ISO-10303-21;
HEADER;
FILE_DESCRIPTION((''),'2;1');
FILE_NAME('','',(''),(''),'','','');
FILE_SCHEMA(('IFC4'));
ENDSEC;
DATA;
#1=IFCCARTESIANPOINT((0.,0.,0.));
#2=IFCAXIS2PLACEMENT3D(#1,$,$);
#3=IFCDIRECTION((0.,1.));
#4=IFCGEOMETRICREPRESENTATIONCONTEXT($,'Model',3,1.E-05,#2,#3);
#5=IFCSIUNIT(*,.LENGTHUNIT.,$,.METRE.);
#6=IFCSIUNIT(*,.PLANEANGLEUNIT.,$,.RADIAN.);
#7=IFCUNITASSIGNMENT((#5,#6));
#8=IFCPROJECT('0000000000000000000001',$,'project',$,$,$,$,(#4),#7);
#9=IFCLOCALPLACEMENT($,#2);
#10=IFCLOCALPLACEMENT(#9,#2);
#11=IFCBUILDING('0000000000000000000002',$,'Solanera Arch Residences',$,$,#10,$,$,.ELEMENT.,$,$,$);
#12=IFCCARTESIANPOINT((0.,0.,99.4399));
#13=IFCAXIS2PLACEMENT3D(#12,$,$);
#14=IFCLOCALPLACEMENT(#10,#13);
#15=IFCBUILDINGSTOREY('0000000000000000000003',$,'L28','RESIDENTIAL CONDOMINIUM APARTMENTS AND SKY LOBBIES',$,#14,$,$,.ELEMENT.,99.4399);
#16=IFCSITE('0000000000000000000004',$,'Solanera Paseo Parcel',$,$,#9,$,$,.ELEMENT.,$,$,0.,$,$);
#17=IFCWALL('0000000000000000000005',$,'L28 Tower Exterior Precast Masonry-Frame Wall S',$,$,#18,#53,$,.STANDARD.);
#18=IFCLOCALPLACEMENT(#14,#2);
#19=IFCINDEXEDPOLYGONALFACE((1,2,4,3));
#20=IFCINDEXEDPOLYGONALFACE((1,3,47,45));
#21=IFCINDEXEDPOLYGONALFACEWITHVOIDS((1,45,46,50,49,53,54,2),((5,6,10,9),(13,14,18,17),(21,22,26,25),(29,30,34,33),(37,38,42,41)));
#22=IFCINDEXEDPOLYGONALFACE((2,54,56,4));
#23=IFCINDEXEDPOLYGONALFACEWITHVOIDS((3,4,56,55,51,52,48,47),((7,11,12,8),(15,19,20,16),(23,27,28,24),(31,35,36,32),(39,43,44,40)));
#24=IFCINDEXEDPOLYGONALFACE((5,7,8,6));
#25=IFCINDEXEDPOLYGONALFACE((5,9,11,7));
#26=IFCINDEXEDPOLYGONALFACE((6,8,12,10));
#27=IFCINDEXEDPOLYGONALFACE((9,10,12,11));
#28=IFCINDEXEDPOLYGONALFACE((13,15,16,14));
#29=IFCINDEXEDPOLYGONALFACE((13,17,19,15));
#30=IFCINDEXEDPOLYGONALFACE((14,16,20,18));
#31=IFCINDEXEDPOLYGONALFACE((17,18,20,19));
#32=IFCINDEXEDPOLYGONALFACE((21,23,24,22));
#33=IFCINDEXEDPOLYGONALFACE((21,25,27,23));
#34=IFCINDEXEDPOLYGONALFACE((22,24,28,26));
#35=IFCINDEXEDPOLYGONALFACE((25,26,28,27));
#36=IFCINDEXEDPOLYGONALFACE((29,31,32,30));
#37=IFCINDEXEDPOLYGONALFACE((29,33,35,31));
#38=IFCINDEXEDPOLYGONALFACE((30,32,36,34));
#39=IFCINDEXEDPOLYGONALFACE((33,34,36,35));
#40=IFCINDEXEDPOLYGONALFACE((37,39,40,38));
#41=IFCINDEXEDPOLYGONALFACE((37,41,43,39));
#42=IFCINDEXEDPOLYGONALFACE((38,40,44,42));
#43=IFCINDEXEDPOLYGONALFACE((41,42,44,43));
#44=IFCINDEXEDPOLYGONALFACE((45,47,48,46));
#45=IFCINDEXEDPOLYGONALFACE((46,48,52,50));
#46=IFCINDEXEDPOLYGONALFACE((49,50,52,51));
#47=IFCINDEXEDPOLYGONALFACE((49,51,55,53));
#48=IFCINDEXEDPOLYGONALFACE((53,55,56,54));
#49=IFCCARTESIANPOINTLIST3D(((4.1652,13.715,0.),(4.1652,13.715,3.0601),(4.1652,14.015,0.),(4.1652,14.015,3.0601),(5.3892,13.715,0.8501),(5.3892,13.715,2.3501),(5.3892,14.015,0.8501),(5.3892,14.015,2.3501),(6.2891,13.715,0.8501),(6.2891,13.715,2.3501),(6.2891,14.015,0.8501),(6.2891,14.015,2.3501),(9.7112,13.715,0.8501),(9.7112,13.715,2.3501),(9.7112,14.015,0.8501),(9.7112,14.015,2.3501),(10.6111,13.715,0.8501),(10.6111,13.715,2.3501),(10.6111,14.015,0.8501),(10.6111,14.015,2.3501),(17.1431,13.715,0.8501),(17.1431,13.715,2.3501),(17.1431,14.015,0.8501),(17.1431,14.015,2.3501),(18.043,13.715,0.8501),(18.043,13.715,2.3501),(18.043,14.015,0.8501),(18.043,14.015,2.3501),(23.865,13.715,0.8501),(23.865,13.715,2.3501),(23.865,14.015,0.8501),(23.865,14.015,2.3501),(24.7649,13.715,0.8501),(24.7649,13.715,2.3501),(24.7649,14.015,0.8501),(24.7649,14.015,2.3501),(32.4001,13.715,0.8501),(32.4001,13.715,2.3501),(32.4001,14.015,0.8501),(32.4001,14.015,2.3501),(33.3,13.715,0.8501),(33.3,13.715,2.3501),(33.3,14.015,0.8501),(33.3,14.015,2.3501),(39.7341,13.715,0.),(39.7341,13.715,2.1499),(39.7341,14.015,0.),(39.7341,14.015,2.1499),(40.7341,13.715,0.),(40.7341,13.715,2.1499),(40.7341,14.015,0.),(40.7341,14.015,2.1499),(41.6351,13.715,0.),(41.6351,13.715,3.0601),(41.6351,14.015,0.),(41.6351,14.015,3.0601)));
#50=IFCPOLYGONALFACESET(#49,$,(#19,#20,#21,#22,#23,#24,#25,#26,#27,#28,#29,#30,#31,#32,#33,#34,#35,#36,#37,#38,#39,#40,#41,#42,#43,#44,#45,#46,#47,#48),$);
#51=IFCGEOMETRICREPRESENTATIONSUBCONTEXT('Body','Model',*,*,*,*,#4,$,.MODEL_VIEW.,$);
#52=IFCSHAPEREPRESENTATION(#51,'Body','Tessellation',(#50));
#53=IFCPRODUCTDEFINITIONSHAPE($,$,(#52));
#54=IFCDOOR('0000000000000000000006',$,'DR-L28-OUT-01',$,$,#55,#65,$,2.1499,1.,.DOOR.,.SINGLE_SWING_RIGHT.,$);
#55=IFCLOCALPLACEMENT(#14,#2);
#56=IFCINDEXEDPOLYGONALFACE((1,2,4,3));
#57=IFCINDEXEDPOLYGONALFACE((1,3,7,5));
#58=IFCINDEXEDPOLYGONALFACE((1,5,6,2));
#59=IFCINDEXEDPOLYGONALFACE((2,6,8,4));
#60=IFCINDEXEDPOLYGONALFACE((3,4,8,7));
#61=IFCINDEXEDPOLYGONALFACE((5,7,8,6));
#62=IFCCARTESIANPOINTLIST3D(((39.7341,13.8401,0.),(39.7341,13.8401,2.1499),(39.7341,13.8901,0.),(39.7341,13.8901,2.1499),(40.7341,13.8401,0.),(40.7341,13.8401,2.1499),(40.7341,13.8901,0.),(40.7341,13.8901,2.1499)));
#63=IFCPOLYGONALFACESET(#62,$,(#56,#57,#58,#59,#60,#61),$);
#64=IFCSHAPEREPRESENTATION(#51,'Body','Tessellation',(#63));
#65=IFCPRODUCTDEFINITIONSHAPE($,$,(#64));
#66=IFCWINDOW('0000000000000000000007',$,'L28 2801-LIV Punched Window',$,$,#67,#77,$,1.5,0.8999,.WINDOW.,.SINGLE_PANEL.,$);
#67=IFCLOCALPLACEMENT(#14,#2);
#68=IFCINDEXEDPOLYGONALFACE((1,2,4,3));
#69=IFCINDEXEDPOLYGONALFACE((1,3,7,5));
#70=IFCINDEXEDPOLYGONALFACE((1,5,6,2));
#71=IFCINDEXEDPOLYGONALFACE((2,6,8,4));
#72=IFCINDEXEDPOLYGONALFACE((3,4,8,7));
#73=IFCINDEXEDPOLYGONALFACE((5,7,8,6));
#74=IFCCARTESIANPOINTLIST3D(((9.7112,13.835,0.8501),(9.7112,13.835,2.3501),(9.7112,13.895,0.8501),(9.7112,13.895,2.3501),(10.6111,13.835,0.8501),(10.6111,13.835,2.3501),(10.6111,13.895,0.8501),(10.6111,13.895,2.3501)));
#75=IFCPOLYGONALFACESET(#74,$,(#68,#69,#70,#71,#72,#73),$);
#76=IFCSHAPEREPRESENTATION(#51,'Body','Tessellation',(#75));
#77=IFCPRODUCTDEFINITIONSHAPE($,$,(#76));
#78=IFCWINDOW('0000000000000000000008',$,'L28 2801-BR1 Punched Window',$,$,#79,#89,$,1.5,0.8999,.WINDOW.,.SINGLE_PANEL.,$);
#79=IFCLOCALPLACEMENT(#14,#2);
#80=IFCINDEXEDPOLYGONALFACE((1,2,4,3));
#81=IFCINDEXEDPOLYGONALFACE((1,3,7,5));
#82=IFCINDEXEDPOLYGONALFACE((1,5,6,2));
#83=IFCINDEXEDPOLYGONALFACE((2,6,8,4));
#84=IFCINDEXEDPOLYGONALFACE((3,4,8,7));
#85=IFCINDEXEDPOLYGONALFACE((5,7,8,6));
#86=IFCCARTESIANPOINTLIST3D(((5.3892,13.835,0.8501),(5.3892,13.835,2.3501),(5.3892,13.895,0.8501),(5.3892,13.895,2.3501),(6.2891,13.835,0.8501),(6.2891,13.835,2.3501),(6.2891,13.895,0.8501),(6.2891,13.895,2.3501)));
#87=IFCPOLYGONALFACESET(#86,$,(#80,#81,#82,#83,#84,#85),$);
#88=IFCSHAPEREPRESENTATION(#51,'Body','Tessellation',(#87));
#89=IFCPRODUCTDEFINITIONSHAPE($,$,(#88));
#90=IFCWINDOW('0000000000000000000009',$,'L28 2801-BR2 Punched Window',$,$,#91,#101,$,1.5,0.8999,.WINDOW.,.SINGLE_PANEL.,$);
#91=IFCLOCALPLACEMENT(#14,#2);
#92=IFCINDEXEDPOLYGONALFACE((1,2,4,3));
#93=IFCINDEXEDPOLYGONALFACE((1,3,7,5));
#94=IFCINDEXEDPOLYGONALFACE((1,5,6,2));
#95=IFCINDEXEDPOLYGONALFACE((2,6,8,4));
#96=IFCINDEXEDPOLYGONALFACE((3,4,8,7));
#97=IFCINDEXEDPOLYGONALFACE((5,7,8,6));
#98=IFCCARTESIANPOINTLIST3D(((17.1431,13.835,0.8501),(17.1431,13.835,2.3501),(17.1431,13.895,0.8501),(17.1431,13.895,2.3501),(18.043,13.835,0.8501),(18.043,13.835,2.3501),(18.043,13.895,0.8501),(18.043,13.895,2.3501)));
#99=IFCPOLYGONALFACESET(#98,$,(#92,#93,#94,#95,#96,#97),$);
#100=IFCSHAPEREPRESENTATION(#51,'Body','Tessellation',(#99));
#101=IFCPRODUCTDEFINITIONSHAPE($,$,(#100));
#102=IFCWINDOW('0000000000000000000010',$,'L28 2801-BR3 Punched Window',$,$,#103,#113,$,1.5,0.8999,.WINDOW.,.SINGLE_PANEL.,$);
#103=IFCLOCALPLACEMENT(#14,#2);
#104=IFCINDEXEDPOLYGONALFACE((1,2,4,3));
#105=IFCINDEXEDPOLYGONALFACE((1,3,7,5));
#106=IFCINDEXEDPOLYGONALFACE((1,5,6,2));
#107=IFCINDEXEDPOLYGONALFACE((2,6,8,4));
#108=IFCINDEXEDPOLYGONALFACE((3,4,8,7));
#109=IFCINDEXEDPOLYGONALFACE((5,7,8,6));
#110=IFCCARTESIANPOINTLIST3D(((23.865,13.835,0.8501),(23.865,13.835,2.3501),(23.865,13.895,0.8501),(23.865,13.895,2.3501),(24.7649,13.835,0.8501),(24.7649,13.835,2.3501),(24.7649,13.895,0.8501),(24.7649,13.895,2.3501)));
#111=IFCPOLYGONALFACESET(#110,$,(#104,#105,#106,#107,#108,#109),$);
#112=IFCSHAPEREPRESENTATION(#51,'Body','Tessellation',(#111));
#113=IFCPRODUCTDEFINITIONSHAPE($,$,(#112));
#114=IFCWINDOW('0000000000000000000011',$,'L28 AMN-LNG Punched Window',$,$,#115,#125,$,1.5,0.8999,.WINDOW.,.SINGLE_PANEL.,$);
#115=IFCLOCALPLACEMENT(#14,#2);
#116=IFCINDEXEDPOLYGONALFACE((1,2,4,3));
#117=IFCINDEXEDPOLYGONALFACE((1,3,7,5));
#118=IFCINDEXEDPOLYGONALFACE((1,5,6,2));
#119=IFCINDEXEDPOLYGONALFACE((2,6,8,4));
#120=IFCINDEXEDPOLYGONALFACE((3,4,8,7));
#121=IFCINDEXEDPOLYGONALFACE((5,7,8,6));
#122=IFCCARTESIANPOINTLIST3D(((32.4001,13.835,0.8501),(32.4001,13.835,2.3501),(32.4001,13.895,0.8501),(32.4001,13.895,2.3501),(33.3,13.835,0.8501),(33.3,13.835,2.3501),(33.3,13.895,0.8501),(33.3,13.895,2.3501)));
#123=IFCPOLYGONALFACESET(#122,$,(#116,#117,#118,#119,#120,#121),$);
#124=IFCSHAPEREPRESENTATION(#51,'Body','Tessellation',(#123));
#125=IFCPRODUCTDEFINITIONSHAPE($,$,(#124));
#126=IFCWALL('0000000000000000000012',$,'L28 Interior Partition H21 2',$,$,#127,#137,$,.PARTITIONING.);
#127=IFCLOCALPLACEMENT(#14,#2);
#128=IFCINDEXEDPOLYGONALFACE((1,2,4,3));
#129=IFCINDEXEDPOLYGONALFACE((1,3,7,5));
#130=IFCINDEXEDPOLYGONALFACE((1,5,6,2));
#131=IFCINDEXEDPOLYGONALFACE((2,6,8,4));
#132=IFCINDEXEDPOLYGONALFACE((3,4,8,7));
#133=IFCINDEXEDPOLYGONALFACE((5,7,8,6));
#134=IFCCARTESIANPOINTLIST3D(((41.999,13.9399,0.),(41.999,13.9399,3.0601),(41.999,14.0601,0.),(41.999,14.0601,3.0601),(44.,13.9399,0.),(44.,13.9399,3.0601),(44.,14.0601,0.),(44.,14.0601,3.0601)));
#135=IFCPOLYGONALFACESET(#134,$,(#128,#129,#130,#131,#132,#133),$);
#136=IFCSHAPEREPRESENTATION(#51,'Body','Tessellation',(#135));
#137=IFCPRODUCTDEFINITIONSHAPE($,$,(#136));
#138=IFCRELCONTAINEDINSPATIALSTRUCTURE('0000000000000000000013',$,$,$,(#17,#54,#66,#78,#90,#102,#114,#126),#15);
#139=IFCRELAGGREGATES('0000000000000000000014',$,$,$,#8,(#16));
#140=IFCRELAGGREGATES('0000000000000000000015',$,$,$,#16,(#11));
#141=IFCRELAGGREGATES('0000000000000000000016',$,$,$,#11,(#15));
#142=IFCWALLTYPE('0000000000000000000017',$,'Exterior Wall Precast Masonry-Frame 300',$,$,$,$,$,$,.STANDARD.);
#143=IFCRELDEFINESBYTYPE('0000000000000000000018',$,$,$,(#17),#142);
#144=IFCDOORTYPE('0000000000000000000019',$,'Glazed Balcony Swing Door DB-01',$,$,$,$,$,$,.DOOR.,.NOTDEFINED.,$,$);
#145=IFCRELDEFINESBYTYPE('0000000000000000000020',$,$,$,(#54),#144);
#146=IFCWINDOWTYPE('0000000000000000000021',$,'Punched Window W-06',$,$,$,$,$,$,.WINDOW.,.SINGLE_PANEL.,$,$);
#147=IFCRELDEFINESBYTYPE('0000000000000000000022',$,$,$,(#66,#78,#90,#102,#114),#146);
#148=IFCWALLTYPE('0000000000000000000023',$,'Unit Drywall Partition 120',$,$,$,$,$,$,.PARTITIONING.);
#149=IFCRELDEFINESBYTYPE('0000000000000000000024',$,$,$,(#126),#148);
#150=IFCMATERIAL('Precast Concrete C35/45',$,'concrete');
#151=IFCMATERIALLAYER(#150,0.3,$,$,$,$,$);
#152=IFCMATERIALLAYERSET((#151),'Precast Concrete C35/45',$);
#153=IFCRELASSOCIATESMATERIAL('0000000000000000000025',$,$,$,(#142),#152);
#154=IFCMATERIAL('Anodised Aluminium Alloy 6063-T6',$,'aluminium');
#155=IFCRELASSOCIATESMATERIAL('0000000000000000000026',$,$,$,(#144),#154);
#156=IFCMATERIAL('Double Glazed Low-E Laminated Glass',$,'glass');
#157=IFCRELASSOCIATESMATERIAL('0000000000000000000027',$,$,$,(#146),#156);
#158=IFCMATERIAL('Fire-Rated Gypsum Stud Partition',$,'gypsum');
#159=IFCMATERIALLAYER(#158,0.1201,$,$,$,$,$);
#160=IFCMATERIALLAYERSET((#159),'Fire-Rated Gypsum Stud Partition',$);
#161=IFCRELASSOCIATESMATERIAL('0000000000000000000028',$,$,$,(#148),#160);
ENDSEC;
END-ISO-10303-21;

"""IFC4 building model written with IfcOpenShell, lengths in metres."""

from ifc_helpers import new_model, si_unit, direction, frame, frame_2d, origin, place, context, subcontext, project, spatial, rectangle, extrude, material, layer, layer_set, type_object, element, fill, save


model = new_model("IFC4")

# Units and contexts
model_context = context("Model", 3, precision=1e-05, world=origin(), true_north=direction((0.0, 1.0)))
body_context = subcontext(model_context, "Body", "Model", "MODEL_VIEW")
ifc_project = project(units=[si_unit("LENGTHUNIT", "METRE"), si_unit("PLANEANGLEUNIT", "RADIAN")], contexts=[model_context])

# Site, building, storey
site_placement = place(None, origin())
site = spatial("IfcSite", under=ifc_project, at=site_placement, Name="Solanera Paseo Parcel", CompositionType="ELEMENT", RefElevation=0.0)
building_placement = place(site_placement, origin())
building = spatial("IfcBuilding", under=site, at=building_placement, Name="Solanera Arch Residences", CompositionType="ELEMENT")
storey_placement = place(building_placement, frame((0.0, 0.0, 99.4399)))
storey = spatial("IfcBuildingStorey", under=building, at=storey_placement, Name="L28", Description="RESIDENTIAL CONDOMINIUM APARTMENTS AND SKY LOBBIES", CompositionType="ELEMENT", Elevation=99.4399)

# Shared definitions
ifc_material_1 = material(Name="Precast Concrete C35/45", Category="concrete")
ifc_layer_1 = layer(ifc_material_1, 0.3)
ifc_layer_set_1 = layer_set([ifc_layer_1], Name="Precast Concrete C35/45")
wall_type_1 = type_object("IfcWallType", Name="Exterior Wall Precast Masonry-Frame 300", PredefinedType="STANDARD", material=ifc_layer_set_1)

# Wall, openings, door, windows
wall_1_placement = place(storey_placement, frame((41.635, 13.865, 0.0), z_axis=(0.0, 0.0, 1.0), x_axis=(-1.0, 0.0, 0.0)))
wall_1 = element("IfcWall", 1, at=wall_1_placement, inside=storey, type_object=wall_type_1, Name="L28 Tower Exterior Precast Masonry-Frame Wall S", PredefinedType="STANDARD", context=body_context, shape_type="SweptSolid", body=[
    extrude(rectangle(XDim=37.47, YDim=0.3, at=frame_2d((18.7349, 0.0))), origin(), (0.0, 0.0, 1.0), 3.0601),
])
opening_1_placement = place(wall_1_placement, frame((0.9009, 0.0, 0.0)))
opening_1 = element("IfcOpeningElement", 2, at=opening_1_placement, cuts=wall_1, PredefinedType="OPENING", context=body_context, shape_type="SweptSolid", body=[
    extrude(rectangle(XDim=1.0, YDim=2.1499, at=frame_2d((0.5, 1.075))), frame((0.0, 0.1599, 0.0), z_axis=(0.0, -1.0, 0.0), x_axis=(1.0, 0.0, 0.0)), (0.0, 0.0, 1.0), 0.32),
])
opening_2_placement = place(wall_1_placement, frame((31.0239, 0.0, 0.8501)))
opening_2 = element("IfcOpeningElement", 3, at=opening_2_placement, cuts=wall_1, PredefinedType="OPENING", context=body_context, shape_type="SweptSolid", body=[
    extrude(rectangle(XDim=0.8999, YDim=1.5, at=frame_2d((0.45, 0.75))), frame((0.0, 0.1599, 0.0), z_axis=(0.0, -1.0, 0.0), x_axis=(1.0, 0.0, 0.0)), (0.0, 0.0, 1.0), 0.32),
])
opening_3_placement = place(wall_1_placement, frame((35.3459, 0.0, 0.8501)))
opening_3 = element("IfcOpeningElement", 4, at=opening_3_placement, cuts=wall_1, PredefinedType="OPENING", context=body_context, shape_type="SweptSolid", body=[
    extrude(rectangle(XDim=0.8999, YDim=1.5, at=frame_2d((0.45, 0.75))), frame((0.0, 0.1599, 0.0), z_axis=(0.0, -1.0, 0.0), x_axis=(1.0, 0.0, 0.0)), (0.0, 0.0, 1.0), 0.32),
])
opening_4_placement = place(wall_1_placement, frame((23.592, 0.0, 0.8501)))
opening_4 = element("IfcOpeningElement", 5, at=opening_4_placement, cuts=wall_1, PredefinedType="OPENING", context=body_context, shape_type="SweptSolid", body=[
    extrude(rectangle(XDim=0.8999, YDim=1.5, at=frame_2d((0.45, 0.75))), frame((0.0, 0.1599, 0.0), z_axis=(0.0, -1.0, 0.0), x_axis=(1.0, 0.0, 0.0)), (0.0, 0.0, 1.0), 0.32),
])
opening_5_placement = place(wall_1_placement, frame((16.8701, 0.0, 0.8501)))
opening_5 = element("IfcOpeningElement", 6, at=opening_5_placement, cuts=wall_1, PredefinedType="OPENING", context=body_context, shape_type="SweptSolid", body=[
    extrude(rectangle(XDim=0.8999, YDim=1.5, at=frame_2d((0.45, 0.75))), frame((0.0, 0.1599, 0.0), z_axis=(0.0, -1.0, 0.0), x_axis=(1.0, 0.0, 0.0)), (0.0, 0.0, 1.0), 0.32),
])
opening_6_placement = place(wall_1_placement, frame((8.335, 0.0, 0.8501)))
opening_6 = element("IfcOpeningElement", 7, at=opening_6_placement, cuts=wall_1, PredefinedType="OPENING", context=body_context, shape_type="SweptSolid", body=[
    extrude(rectangle(XDim=0.8999, YDim=1.5, at=frame_2d((0.45, 0.75))), frame((0.0, 0.1599, 0.0), z_axis=(0.0, -1.0, 0.0), x_axis=(1.0, 0.0, 0.0)), (0.0, 0.0, 1.0), 0.32),
])
ifc_material_2 = material(Name="Anodised Aluminium Alloy 6063-T6", Category="aluminium")
door_type = type_object("IfcDoorType", Name="Glazed Balcony Swing Door DB-01", OperationType="NOTDEFINED", PredefinedType="DOOR", material=ifc_material_2)
door_placement = place(opening_1_placement, origin())
door = element("IfcDoor", 8, at=door_placement, inside=storey, type_object=door_type, Name="DR-L28-OUT-01", OperationType="SINGLE_SWING_RIGHT", OverallHeight=2.1499, OverallWidth=1.0, PredefinedType="DOOR", context=body_context, shape_type="SweptSolid", body=[
    extrude(rectangle(XDim=1.0, YDim=2.1499, at=frame_2d((0.5, 1.075))), frame((0.0, 0.0249, 0.0), z_axis=(0.0, -1.0, 0.0), x_axis=(1.0, 0.0, 0.0)), (0.0, 0.0, 1.0), 0.05),
])
fill(opening_1, door)
ifc_material_3 = material(Name="Double Glazed Low-E Laminated Glass", Category="glass")
window_type = type_object("IfcWindowType", Name="Punched Window W-06", PartitioningType="SINGLE_PANEL", PredefinedType="WINDOW", material=ifc_material_3)
window_1_placement = place(opening_2_placement, origin())
window_1 = element("IfcWindow", 9, at=window_1_placement, inside=storey, type_object=window_type, Name="L28 2801-LIV Punched Window", OverallHeight=1.5, OverallWidth=0.8999, PartitioningType="SINGLE_PANEL", PredefinedType="WINDOW", context=body_context, shape_type="SweptSolid", body=[
    extrude(rectangle(XDim=0.8999, YDim=1.5, at=frame_2d((0.45, 0.75))), frame((0.0, 0.03, 0.0), z_axis=(0.0, -1.0, 0.0), x_axis=(1.0, 0.0, 0.0)), (0.0, 0.0, 1.0), 0.0601),
])
fill(opening_2, window_1)
window_2_placement = place(opening_3_placement, origin())
window_2 = element("IfcWindow", 10, at=window_2_placement, inside=storey, type_object=window_type, Name="L28 2801-BR1 Punched Window", OverallHeight=1.5, OverallWidth=0.8999, PartitioningType="SINGLE_PANEL", PredefinedType="WINDOW", context=body_context, shape_type="SweptSolid", body=[
    extrude(rectangle(XDim=0.8999, YDim=1.5, at=frame_2d((0.45, 0.75))), frame((0.0, 0.03, 0.0), z_axis=(0.0, -1.0, 0.0), x_axis=(1.0, 0.0, 0.0)), (0.0, 0.0, 1.0), 0.0601),
])
fill(opening_3, window_2)
window_3_placement = place(opening_4_placement, origin())
window_3 = element("IfcWindow", 11, at=window_3_placement, inside=storey, type_object=window_type, Name="L28 2801-BR2 Punched Window", OverallHeight=1.5, OverallWidth=0.8999, PartitioningType="SINGLE_PANEL", PredefinedType="WINDOW", context=body_context, shape_type="SweptSolid", body=[
    extrude(rectangle(XDim=0.8999, YDim=1.5, at=frame_2d((0.45, 0.75))), frame((0.0, 0.03, 0.0), z_axis=(0.0, -1.0, 0.0), x_axis=(1.0, 0.0, 0.0)), (0.0, 0.0, 1.0), 0.0601),
])
fill(opening_4, window_3)
window_4_placement = place(opening_5_placement, origin())
window_4 = element("IfcWindow", 12, at=window_4_placement, inside=storey, type_object=window_type, Name="L28 2801-BR3 Punched Window", OverallHeight=1.5, OverallWidth=0.8999, PartitioningType="SINGLE_PANEL", PredefinedType="WINDOW", context=body_context, shape_type="SweptSolid", body=[
    extrude(rectangle(XDim=0.8999, YDim=1.5, at=frame_2d((0.45, 0.75))), frame((0.0, 0.03, 0.0), z_axis=(0.0, -1.0, 0.0), x_axis=(1.0, 0.0, 0.0)), (0.0, 0.0, 1.0), 0.0601),
])
fill(opening_5, window_4)
window_5_placement = place(opening_6_placement, origin())
window_5 = element("IfcWindow", 13, at=window_5_placement, inside=storey, type_object=window_type, Name="L28 AMN-LNG Punched Window", OverallHeight=1.5, OverallWidth=0.8999, PartitioningType="SINGLE_PANEL", PredefinedType="WINDOW", context=body_context, shape_type="SweptSolid", body=[
    extrude(rectangle(XDim=0.8999, YDim=1.5, at=frame_2d((0.45, 0.75))), frame((0.0, 0.03, 0.0), z_axis=(0.0, -1.0, 0.0), x_axis=(1.0, 0.0, 0.0)), (0.0, 0.0, 1.0), 0.0601),
])
fill(opening_6, window_5)

# Wall
ifc_material_4 = material(Name="Fire-Rated Gypsum Stud Partition", Category="gypsum")
ifc_layer_2 = layer(ifc_material_4, 0.1201)
ifc_layer_set_2 = layer_set([ifc_layer_2], Name="Fire-Rated Gypsum Stud Partition")
wall_type_2 = type_object("IfcWallType", Name="Unit Drywall Partition 120", PredefinedType="PARTITIONING", material=ifc_layer_set_2)
wall_2_placement = place(storey_placement, frame((41.999, 14.0, 0.0), z_axis=(0.0, 0.0, 1.0), x_axis=(1.0, 0.0, 0.0)))
element("IfcWall", 14, at=wall_2_placement, inside=storey, type_object=wall_type_2, Name="L28 Interior Partition H21 2", PredefinedType="PARTITIONING", context=body_context, shape_type="SweptSolid", body=[
    extrude(rectangle(XDim=2.001, YDim=0.1201, at=frame_2d((1.0005, 0.0))), origin(), (0.0, 0.0, 1.0), 3.0601),
])

save(model, "model.ifc")
